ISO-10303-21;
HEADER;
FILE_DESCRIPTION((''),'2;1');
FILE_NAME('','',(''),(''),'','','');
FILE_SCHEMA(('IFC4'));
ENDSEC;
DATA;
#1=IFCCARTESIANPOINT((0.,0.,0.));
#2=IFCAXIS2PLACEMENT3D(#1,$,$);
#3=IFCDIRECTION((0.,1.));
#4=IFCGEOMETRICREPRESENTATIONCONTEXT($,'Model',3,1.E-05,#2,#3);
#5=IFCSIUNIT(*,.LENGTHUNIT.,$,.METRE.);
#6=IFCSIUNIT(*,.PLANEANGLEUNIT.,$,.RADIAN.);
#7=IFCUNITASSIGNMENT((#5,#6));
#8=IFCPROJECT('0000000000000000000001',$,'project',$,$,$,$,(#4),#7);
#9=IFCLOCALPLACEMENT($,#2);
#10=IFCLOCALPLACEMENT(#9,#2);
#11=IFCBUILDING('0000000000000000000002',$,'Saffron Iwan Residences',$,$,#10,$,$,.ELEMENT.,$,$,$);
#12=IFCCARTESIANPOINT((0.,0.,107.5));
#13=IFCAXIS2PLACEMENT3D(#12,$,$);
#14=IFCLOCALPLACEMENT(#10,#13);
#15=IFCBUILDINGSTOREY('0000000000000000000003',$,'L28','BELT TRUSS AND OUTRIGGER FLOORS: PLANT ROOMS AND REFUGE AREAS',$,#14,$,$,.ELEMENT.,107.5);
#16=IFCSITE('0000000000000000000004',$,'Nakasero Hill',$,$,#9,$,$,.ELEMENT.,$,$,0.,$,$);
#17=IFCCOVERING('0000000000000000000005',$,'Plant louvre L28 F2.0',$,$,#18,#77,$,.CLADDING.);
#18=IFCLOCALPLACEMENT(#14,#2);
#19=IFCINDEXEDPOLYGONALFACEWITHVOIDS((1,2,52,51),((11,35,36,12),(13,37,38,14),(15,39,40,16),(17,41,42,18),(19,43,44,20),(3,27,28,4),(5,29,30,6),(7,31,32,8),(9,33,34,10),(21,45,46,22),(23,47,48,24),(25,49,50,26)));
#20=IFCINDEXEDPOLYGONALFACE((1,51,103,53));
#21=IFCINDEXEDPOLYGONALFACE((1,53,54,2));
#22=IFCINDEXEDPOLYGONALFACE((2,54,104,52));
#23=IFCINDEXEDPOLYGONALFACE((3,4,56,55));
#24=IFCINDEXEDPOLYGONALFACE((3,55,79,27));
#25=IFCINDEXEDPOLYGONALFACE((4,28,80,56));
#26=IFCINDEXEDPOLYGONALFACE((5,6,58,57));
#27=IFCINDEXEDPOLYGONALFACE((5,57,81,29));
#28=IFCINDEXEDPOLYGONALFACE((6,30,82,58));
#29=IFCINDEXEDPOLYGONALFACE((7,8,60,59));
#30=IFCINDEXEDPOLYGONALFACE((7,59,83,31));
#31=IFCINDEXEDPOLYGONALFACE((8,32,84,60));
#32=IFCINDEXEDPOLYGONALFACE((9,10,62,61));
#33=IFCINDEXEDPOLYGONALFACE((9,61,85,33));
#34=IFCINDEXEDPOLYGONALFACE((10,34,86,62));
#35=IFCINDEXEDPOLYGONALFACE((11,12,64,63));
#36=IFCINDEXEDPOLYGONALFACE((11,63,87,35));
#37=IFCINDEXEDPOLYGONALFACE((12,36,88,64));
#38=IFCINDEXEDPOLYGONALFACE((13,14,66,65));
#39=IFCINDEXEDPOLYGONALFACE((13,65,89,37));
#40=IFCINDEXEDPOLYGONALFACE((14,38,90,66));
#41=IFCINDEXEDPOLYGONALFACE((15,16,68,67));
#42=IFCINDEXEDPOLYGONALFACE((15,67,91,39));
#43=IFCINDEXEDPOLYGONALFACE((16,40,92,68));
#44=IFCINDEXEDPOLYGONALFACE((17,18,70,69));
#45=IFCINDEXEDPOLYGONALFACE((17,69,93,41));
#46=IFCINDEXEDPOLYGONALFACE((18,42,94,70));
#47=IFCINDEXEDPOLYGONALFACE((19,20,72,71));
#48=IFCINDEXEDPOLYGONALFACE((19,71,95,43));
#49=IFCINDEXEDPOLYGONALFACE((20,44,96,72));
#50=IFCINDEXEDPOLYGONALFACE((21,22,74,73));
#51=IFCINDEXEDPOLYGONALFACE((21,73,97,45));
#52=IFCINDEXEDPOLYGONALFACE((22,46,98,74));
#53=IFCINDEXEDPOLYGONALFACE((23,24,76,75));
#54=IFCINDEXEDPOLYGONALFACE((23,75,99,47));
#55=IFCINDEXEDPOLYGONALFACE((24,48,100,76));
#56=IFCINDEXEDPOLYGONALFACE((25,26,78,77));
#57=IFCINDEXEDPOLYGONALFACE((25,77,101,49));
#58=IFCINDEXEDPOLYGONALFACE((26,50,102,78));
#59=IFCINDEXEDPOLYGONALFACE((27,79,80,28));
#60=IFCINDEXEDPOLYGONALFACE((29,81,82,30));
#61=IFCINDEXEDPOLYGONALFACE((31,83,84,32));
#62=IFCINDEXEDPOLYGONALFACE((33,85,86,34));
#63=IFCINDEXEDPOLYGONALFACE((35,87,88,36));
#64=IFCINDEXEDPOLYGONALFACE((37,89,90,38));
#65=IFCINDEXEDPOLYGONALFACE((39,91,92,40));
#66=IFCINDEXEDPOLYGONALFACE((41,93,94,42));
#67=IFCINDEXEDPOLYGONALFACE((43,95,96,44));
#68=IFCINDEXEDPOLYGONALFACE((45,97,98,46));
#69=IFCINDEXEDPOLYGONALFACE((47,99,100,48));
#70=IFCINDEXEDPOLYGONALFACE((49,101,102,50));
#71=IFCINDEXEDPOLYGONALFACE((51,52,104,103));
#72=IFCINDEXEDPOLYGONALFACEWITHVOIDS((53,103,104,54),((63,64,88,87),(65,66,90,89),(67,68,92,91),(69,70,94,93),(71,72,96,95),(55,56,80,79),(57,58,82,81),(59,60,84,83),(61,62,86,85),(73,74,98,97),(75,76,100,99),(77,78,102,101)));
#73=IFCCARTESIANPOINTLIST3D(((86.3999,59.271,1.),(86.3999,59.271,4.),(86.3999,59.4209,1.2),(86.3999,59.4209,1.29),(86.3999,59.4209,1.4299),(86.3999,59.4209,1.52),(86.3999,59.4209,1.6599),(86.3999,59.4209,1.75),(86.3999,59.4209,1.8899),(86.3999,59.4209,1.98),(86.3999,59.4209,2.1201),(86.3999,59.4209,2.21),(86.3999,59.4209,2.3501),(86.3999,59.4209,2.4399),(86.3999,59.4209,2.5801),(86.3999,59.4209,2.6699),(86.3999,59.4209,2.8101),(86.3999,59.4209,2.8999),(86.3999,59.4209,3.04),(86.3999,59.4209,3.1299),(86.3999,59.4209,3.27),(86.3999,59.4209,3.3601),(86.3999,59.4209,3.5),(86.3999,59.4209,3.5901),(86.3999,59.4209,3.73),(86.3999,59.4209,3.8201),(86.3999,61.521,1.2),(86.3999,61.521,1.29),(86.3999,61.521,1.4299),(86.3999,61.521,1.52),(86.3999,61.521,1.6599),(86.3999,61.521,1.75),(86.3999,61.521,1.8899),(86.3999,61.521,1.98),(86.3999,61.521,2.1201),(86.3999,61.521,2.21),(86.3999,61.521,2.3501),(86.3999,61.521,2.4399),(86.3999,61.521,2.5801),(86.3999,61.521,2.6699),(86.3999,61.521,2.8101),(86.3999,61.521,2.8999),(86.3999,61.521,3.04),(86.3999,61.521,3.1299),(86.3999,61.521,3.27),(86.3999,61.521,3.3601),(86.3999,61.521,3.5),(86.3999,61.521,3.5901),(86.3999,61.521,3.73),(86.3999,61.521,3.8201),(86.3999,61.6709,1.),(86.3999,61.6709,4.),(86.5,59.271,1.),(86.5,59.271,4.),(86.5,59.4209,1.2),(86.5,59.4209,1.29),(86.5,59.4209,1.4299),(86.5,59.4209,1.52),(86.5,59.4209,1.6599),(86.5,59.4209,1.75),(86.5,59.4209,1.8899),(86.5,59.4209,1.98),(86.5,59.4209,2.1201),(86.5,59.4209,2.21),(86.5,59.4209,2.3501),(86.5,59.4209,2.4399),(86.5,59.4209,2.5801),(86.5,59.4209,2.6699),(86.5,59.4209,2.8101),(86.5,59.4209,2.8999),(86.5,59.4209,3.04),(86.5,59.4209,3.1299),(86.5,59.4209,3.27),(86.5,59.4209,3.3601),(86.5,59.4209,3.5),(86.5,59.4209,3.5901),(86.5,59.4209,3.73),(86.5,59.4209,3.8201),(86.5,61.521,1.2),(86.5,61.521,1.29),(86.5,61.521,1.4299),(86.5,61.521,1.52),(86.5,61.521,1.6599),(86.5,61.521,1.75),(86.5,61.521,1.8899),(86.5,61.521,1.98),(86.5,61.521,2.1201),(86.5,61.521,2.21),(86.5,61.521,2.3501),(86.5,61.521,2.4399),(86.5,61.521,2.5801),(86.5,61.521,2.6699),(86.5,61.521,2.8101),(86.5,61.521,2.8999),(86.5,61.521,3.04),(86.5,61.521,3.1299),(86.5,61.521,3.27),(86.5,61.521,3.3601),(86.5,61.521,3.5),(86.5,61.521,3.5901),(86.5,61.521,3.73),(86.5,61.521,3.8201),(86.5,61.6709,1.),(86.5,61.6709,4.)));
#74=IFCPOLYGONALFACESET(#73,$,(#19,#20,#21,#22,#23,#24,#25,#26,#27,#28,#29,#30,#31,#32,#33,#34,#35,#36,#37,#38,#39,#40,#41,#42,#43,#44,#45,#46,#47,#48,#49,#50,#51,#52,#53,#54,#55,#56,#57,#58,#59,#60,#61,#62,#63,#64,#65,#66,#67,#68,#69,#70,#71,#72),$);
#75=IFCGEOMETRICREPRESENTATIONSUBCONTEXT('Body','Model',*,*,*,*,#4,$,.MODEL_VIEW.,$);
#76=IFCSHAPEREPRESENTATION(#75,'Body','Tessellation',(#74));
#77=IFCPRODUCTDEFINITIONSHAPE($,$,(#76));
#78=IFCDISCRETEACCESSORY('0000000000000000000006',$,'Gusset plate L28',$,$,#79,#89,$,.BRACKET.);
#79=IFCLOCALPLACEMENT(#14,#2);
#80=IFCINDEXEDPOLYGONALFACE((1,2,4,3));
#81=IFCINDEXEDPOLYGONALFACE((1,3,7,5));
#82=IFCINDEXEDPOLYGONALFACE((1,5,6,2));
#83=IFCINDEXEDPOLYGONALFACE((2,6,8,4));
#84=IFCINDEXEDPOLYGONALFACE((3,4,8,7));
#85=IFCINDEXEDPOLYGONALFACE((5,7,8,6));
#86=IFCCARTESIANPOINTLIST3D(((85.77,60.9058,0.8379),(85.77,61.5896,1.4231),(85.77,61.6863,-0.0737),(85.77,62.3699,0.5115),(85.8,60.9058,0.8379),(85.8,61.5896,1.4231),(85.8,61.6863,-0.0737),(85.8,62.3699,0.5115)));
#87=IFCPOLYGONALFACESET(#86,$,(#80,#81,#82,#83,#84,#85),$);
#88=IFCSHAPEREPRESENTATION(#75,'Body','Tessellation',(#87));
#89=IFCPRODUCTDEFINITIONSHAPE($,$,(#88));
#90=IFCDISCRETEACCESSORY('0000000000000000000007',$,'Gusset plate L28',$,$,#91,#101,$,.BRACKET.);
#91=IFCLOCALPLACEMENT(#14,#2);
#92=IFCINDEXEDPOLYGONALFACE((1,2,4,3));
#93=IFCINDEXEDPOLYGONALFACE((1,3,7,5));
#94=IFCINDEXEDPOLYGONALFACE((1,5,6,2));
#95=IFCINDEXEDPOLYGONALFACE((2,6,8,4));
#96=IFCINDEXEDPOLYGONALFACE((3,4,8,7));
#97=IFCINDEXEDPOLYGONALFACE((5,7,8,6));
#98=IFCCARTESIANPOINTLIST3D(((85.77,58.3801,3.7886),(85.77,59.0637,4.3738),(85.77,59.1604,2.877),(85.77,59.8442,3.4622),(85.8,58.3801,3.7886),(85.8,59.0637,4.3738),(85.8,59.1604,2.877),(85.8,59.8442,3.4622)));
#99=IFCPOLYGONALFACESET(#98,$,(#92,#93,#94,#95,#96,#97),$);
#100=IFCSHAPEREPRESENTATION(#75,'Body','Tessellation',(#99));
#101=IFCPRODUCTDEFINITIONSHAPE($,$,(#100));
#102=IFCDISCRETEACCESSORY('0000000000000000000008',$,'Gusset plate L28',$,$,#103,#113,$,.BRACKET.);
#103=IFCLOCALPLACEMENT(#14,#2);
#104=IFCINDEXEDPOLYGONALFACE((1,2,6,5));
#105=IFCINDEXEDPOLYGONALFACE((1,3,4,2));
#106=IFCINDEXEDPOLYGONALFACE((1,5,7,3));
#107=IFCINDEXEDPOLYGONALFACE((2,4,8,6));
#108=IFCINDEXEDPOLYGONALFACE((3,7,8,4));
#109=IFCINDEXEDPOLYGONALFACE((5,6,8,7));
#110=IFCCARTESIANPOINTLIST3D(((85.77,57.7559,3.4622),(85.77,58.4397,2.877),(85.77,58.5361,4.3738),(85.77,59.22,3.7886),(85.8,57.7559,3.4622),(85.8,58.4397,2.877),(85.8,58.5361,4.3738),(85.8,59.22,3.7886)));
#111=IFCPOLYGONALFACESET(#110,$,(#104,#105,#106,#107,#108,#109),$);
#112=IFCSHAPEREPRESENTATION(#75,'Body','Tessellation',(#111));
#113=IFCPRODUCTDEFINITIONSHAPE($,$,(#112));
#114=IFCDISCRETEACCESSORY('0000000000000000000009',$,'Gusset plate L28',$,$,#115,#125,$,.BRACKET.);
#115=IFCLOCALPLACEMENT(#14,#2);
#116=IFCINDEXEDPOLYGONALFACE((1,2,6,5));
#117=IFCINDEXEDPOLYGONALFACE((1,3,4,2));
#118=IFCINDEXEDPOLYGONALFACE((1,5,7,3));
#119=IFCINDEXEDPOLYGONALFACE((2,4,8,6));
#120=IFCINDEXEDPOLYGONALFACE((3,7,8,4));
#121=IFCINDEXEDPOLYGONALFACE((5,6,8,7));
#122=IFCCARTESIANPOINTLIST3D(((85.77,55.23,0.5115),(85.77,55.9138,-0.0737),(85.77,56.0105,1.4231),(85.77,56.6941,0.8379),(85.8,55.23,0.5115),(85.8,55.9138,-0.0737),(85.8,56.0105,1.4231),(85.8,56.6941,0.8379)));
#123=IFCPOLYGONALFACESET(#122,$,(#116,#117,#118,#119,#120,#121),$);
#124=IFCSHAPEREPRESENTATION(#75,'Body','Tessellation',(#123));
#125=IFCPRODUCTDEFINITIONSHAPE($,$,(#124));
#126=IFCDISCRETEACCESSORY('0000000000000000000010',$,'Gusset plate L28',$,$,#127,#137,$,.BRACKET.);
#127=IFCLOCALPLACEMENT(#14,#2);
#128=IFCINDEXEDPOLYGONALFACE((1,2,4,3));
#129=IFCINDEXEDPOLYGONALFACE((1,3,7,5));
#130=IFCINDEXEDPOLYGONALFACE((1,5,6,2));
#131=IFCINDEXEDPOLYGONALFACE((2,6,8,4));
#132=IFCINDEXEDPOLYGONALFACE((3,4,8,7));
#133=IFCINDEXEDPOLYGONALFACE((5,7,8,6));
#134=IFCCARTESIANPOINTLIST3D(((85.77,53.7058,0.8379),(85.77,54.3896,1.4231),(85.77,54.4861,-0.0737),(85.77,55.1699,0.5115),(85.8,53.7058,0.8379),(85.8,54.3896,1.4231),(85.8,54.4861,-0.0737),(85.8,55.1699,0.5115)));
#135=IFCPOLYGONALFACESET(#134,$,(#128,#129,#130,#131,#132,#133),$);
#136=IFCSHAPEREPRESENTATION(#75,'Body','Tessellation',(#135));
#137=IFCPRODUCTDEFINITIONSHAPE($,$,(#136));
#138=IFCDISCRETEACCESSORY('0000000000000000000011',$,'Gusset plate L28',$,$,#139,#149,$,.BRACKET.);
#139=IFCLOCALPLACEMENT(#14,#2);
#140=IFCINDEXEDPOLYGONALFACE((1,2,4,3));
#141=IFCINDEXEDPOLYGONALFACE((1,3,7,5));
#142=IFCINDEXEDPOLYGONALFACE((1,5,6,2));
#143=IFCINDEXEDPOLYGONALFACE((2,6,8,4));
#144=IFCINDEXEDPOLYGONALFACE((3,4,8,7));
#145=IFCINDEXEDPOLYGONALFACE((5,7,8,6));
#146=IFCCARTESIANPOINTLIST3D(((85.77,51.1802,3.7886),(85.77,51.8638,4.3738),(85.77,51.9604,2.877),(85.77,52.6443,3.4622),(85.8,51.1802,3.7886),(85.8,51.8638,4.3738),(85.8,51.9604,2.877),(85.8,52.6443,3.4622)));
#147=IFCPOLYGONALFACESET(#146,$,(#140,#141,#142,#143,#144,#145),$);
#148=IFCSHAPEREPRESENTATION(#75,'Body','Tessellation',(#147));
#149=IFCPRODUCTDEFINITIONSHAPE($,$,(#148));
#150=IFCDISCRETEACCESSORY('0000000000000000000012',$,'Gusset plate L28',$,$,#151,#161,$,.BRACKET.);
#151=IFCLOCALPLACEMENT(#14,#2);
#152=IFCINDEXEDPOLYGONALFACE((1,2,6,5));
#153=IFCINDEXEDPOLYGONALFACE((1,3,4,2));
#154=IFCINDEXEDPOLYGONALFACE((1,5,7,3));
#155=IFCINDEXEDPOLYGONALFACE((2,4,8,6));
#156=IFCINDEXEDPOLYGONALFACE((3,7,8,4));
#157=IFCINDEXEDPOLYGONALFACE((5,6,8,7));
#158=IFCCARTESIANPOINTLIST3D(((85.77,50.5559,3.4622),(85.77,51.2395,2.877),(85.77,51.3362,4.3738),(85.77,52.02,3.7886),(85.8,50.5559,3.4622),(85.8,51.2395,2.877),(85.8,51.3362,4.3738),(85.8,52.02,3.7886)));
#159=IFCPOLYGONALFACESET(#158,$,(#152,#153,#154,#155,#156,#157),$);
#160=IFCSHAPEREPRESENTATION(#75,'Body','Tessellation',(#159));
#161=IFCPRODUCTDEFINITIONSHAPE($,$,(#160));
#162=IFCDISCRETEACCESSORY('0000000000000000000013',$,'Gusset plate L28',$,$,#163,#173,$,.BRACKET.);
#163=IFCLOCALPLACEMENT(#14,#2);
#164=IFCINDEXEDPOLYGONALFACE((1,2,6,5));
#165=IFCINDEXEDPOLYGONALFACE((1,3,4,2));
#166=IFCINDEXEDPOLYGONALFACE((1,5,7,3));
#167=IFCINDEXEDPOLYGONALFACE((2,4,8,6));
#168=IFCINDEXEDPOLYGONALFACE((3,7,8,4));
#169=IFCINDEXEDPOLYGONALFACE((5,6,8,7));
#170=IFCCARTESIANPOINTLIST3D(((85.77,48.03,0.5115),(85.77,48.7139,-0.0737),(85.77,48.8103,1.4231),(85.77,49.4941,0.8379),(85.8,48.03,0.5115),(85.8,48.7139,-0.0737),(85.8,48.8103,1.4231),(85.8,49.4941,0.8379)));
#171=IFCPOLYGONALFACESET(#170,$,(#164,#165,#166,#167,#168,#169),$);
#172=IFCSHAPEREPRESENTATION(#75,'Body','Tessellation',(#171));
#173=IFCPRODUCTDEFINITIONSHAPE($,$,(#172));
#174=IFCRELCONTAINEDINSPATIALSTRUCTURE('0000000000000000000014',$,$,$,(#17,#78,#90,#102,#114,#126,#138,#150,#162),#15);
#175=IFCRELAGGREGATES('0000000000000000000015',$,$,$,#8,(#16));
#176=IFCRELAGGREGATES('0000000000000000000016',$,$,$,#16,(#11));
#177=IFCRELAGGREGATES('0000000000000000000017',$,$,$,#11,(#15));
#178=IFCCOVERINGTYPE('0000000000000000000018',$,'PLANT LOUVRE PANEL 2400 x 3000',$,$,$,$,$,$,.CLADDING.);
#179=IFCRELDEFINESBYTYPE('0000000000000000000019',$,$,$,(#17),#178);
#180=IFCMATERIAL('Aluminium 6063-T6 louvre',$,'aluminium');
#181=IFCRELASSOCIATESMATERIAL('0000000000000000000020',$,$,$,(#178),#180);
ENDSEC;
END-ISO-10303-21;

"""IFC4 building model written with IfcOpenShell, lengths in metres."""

from ifc_helpers import new_model, si_unit, direction, frame, origin, place, context, subcontext, project, spatial, polyline, outline, extrude, material, type_object, element, save


model = new_model("IFC4")

# Units and contexts
model_context = context("Model", 3, precision=1e-05, world=origin(), true_north=direction((0.0, 1.0)))
body_context = subcontext(model_context, "Body", "Model", "MODEL_VIEW")
ifc_project = project(units=[si_unit("LENGTHUNIT", "METRE"), si_unit("PLANEANGLEUNIT", "RADIAN")], contexts=[model_context])

# Site, building, storey
site_placement = place(None, origin())
site = spatial("IfcSite", under=ifc_project, at=site_placement, Name="Nakasero Hill", CompositionType="ELEMENT", RefElevation=0.0)
building_placement = place(site_placement, origin())
building = spatial("IfcBuilding", under=site, at=building_placement, Name="Saffron Iwan Residences", CompositionType="ELEMENT")
storey_placement = place(building_placement, frame((0.0, 0.0, 107.5)))
storey = spatial("IfcBuildingStorey", under=building, at=storey_placement, Name="L28", Description="BELT TRUSS AND OUTRIGGER FLOORS: PLANT ROOMS AND REFUGE AREAS", CompositionType="ELEMENT", Elevation=107.5)

# Covering
ifc_material_1 = material(Name="Aluminium 6063-T6 louvre", Category="aluminium")
covering_type_1 = type_object("IfcCoveringType", Name="PLANT LOUVRE PANEL 2400 x 3000", PredefinedType="CLADDING", material=ifc_material_1)
covering_1_placement = place(storey_placement, frame((86.3999, 59.271, 1.0), z_axis=(1.0, 0.0, 0.0), x_axis=(0.0, 1.0, 0.0)))
element("IfcCovering", 1, at=covering_1_placement, inside=storey, type_object=covering_type_1, Name="Plant louvre L28 F2.0", PredefinedType="CLADDING", context=body_context, shape_type="SweptSolid", body=[
    extrude(outline(polyline([(0.0, 0.0), (2.3999, 0.0), (2.3999, 3.0), (0.0, 3.0), (0.0, 0.0)]), holes=[polyline([(0.1499, 0.2), (2.25, 0.2), (2.25, 0.29), (0.1499, 0.29), (0.1499, 0.2)]), polyline([(0.1499, 0.4299), (2.25, 0.4299), (2.25, 0.52), (0.1499, 0.52), (0.1499, 0.4299)]), polyline([(0.1499, 0.6599), (2.25, 0.6599), (2.25, 0.75), (0.1499, 0.75), (0.1499, 0.6599)]), polyline([(0.1499, 0.8899), (2.25, 0.8899), (2.25, 0.98), (0.1499, 0.98), (0.1499, 0.8899)]), polyline([(0.1499, 1.1201), (2.25, 1.1201), (2.25, 1.21), (0.1499, 1.21), (0.1499, 1.1201)]), polyline([(0.1499, 1.3501), (2.25, 1.3501), (2.25, 1.4399), (0.1499, 1.4399), (0.1499, 1.3501)]), polyline([(0.1499, 1.5801), (2.25, 1.5801), (2.25, 1.6699), (0.1499, 1.6699), (0.1499, 1.5801)]), polyline([(0.1499, 1.8101), (2.25, 1.8101), (2.25, 1.8999), (0.1499, 1.8999), (0.1499, 1.8101)]), polyline([(0.1499, 2.04), (2.25, 2.04), (2.25, 2.1299), (0.1499, 2.1299), (0.1499, 2.04)]), polyline([(0.1499, 2.27), (2.25, 2.27), (2.25, 2.3601), (0.1499, 2.3601), (0.1499, 2.27)]), polyline([(0.1499, 2.5), (2.25, 2.5), (2.25, 2.5901), (0.1499, 2.5901), (0.1499, 2.5)]), polyline([(0.1499, 2.73), (2.25, 2.73), (2.25, 2.8201), (0.1499, 2.8201), (0.1499, 2.73)])]), origin(), (0.0, 0.0, 1.0), 0.1001),
])

# Discrete accessories
for number, where, z_axis, x_axis, name in (
    (2, (85.8, 62.3699, 0.5115), (1.0, 0.0, 0.0), (0.0, -0.650255, 0.759716), "Gusset plate L28"),
    (3, (85.8, 58.3801, 3.7886), (1.0, 0.0, 0.0), (0.0, 0.650255, -0.759716), "Gusset plate L28"),
):
    element("IfcDiscreteAccessory", number, at=place(storey_placement, frame(where, z_axis=z_axis, x_axis=x_axis)), inside=storey, Name=name, PredefinedType="BRACKET", context=body_context, shape_type="SweptSolid", body=[
        extrude(outline(polyline([(0.0, 0.0), (1.1999, 0.0), (1.2, 0.9001), (-0.0001, 0.8999), (0.0, 0.0)])), origin(), (0.0, 0.0, -1.0), 0.03),
    ])
discrete_accessory_1_placement = place(storey_placement, frame((85.8, 58.5361, 4.3738), z_axis=(1.0, 0.0, 0.0), x_axis=(0.0, -0.650255, -0.759716)))
element("IfcDiscreteAccessory", 4, at=discrete_accessory_1_placement, inside=storey, Name="Gusset plate L28", PredefinedType="BRACKET", context=body_context, shape_type="SweptSolid", body=[
    extrude(outline(polyline([(0.0, 0.0), (1.1999, 0.0), (1.1999, 0.9001), (-0.0001, 0.9001), (0.0, 0.0)])), origin(), (0.0, 0.0, -1.0), 0.03),
])
discrete_accessory_2_placement = place(storey_placement, frame((85.8, 55.9138, -0.0737), z_axis=(1.0, 0.0, 0.0), x_axis=(0.0, 0.650255, 0.759716)))
element("IfcDiscreteAccessory", 5, at=discrete_accessory_2_placement, inside=storey, Name="Gusset plate L28", PredefinedType="BRACKET", context=body_context, shape_type="SweptSolid", body=[
    extrude(outline(polyline([(0.0, 0.0), (1.1999, 0.0), (1.2, 0.8999), (-0.0001, 0.9001), (0.0, 0.0)])), origin(), (0.0, 0.0, -1.0), 0.03),
])
discrete_accessory_3_placement = place(storey_placement, frame((85.8, 55.1699, 0.5115), z_axis=(1.0, 0.0, 0.0), x_axis=(0.0, -0.650255, 0.759716)))
element("IfcDiscreteAccessory", 6, at=discrete_accessory_3_placement, inside=storey, Name="Gusset plate L28", PredefinedType="BRACKET", context=body_context, shape_type="SweptSolid", body=[
    extrude(outline(polyline([(0.0, 0.0), (1.1999, 0.0), (1.2, 0.9001), (0.0001, 0.9001), (0.0, 0.0)])), origin(), (0.0, 0.0, -1.0), 0.03),
])
discrete_accessory_4_placement = place(storey_placement, frame((85.8, 51.1802, 3.7886), z_axis=(1.0, 0.0, 0.0), x_axis=(0.0, 0.650255, -0.759716)))
element("IfcDiscreteAccessory", 7, at=discrete_accessory_4_placement, inside=storey, Name="Gusset plate L28", PredefinedType="BRACKET", context=body_context, shape_type="SweptSolid", body=[
    extrude(outline(polyline([(0.0, 0.0), (1.1999, 0.0), (1.2, 0.9001), (-0.0001, 0.8999), (0.0, 0.0)])), origin(), (0.0, 0.0, -1.0), 0.03),
])
discrete_accessory_5_placement = place(storey_placement, frame((85.8, 51.3362, 4.3738), z_axis=(1.0, 0.0, 0.0), x_axis=(0.0, -0.650255, -0.759716)))
element("IfcDiscreteAccessory", 8, at=discrete_accessory_5_placement, inside=storey, Name="Gusset plate L28", PredefinedType="BRACKET", context=body_context, shape_type="SweptSolid", body=[
    extrude(outline(polyline([(0.0, 0.0), (1.1999, 0.0), (1.2, 0.8999), (-0.0001, 0.9001), (0.0, 0.0)])), origin(), (0.0, 0.0, -1.0), 0.03),
])
discrete_accessory_6_placement = place(storey_placement, frame((85.8, 48.7139, -0.0737), z_axis=(1.0, 0.0, 0.0), x_axis=(0.0, 0.650255, 0.759716)))
element("IfcDiscreteAccessory", 9, at=discrete_accessory_6_placement, inside=storey, Name="Gusset plate L28", PredefinedType="BRACKET", context=body_context, shape_type="SweptSolid", body=[
    extrude(outline(polyline([(0.0, 0.0), (1.1999, 0.0), (1.1999, 0.9001), (-0.0001, 0.9001), (0.0, 0.0)])), origin(), (0.0, 0.0, -1.0), 0.03),
])

save(model, "model.ifc")
